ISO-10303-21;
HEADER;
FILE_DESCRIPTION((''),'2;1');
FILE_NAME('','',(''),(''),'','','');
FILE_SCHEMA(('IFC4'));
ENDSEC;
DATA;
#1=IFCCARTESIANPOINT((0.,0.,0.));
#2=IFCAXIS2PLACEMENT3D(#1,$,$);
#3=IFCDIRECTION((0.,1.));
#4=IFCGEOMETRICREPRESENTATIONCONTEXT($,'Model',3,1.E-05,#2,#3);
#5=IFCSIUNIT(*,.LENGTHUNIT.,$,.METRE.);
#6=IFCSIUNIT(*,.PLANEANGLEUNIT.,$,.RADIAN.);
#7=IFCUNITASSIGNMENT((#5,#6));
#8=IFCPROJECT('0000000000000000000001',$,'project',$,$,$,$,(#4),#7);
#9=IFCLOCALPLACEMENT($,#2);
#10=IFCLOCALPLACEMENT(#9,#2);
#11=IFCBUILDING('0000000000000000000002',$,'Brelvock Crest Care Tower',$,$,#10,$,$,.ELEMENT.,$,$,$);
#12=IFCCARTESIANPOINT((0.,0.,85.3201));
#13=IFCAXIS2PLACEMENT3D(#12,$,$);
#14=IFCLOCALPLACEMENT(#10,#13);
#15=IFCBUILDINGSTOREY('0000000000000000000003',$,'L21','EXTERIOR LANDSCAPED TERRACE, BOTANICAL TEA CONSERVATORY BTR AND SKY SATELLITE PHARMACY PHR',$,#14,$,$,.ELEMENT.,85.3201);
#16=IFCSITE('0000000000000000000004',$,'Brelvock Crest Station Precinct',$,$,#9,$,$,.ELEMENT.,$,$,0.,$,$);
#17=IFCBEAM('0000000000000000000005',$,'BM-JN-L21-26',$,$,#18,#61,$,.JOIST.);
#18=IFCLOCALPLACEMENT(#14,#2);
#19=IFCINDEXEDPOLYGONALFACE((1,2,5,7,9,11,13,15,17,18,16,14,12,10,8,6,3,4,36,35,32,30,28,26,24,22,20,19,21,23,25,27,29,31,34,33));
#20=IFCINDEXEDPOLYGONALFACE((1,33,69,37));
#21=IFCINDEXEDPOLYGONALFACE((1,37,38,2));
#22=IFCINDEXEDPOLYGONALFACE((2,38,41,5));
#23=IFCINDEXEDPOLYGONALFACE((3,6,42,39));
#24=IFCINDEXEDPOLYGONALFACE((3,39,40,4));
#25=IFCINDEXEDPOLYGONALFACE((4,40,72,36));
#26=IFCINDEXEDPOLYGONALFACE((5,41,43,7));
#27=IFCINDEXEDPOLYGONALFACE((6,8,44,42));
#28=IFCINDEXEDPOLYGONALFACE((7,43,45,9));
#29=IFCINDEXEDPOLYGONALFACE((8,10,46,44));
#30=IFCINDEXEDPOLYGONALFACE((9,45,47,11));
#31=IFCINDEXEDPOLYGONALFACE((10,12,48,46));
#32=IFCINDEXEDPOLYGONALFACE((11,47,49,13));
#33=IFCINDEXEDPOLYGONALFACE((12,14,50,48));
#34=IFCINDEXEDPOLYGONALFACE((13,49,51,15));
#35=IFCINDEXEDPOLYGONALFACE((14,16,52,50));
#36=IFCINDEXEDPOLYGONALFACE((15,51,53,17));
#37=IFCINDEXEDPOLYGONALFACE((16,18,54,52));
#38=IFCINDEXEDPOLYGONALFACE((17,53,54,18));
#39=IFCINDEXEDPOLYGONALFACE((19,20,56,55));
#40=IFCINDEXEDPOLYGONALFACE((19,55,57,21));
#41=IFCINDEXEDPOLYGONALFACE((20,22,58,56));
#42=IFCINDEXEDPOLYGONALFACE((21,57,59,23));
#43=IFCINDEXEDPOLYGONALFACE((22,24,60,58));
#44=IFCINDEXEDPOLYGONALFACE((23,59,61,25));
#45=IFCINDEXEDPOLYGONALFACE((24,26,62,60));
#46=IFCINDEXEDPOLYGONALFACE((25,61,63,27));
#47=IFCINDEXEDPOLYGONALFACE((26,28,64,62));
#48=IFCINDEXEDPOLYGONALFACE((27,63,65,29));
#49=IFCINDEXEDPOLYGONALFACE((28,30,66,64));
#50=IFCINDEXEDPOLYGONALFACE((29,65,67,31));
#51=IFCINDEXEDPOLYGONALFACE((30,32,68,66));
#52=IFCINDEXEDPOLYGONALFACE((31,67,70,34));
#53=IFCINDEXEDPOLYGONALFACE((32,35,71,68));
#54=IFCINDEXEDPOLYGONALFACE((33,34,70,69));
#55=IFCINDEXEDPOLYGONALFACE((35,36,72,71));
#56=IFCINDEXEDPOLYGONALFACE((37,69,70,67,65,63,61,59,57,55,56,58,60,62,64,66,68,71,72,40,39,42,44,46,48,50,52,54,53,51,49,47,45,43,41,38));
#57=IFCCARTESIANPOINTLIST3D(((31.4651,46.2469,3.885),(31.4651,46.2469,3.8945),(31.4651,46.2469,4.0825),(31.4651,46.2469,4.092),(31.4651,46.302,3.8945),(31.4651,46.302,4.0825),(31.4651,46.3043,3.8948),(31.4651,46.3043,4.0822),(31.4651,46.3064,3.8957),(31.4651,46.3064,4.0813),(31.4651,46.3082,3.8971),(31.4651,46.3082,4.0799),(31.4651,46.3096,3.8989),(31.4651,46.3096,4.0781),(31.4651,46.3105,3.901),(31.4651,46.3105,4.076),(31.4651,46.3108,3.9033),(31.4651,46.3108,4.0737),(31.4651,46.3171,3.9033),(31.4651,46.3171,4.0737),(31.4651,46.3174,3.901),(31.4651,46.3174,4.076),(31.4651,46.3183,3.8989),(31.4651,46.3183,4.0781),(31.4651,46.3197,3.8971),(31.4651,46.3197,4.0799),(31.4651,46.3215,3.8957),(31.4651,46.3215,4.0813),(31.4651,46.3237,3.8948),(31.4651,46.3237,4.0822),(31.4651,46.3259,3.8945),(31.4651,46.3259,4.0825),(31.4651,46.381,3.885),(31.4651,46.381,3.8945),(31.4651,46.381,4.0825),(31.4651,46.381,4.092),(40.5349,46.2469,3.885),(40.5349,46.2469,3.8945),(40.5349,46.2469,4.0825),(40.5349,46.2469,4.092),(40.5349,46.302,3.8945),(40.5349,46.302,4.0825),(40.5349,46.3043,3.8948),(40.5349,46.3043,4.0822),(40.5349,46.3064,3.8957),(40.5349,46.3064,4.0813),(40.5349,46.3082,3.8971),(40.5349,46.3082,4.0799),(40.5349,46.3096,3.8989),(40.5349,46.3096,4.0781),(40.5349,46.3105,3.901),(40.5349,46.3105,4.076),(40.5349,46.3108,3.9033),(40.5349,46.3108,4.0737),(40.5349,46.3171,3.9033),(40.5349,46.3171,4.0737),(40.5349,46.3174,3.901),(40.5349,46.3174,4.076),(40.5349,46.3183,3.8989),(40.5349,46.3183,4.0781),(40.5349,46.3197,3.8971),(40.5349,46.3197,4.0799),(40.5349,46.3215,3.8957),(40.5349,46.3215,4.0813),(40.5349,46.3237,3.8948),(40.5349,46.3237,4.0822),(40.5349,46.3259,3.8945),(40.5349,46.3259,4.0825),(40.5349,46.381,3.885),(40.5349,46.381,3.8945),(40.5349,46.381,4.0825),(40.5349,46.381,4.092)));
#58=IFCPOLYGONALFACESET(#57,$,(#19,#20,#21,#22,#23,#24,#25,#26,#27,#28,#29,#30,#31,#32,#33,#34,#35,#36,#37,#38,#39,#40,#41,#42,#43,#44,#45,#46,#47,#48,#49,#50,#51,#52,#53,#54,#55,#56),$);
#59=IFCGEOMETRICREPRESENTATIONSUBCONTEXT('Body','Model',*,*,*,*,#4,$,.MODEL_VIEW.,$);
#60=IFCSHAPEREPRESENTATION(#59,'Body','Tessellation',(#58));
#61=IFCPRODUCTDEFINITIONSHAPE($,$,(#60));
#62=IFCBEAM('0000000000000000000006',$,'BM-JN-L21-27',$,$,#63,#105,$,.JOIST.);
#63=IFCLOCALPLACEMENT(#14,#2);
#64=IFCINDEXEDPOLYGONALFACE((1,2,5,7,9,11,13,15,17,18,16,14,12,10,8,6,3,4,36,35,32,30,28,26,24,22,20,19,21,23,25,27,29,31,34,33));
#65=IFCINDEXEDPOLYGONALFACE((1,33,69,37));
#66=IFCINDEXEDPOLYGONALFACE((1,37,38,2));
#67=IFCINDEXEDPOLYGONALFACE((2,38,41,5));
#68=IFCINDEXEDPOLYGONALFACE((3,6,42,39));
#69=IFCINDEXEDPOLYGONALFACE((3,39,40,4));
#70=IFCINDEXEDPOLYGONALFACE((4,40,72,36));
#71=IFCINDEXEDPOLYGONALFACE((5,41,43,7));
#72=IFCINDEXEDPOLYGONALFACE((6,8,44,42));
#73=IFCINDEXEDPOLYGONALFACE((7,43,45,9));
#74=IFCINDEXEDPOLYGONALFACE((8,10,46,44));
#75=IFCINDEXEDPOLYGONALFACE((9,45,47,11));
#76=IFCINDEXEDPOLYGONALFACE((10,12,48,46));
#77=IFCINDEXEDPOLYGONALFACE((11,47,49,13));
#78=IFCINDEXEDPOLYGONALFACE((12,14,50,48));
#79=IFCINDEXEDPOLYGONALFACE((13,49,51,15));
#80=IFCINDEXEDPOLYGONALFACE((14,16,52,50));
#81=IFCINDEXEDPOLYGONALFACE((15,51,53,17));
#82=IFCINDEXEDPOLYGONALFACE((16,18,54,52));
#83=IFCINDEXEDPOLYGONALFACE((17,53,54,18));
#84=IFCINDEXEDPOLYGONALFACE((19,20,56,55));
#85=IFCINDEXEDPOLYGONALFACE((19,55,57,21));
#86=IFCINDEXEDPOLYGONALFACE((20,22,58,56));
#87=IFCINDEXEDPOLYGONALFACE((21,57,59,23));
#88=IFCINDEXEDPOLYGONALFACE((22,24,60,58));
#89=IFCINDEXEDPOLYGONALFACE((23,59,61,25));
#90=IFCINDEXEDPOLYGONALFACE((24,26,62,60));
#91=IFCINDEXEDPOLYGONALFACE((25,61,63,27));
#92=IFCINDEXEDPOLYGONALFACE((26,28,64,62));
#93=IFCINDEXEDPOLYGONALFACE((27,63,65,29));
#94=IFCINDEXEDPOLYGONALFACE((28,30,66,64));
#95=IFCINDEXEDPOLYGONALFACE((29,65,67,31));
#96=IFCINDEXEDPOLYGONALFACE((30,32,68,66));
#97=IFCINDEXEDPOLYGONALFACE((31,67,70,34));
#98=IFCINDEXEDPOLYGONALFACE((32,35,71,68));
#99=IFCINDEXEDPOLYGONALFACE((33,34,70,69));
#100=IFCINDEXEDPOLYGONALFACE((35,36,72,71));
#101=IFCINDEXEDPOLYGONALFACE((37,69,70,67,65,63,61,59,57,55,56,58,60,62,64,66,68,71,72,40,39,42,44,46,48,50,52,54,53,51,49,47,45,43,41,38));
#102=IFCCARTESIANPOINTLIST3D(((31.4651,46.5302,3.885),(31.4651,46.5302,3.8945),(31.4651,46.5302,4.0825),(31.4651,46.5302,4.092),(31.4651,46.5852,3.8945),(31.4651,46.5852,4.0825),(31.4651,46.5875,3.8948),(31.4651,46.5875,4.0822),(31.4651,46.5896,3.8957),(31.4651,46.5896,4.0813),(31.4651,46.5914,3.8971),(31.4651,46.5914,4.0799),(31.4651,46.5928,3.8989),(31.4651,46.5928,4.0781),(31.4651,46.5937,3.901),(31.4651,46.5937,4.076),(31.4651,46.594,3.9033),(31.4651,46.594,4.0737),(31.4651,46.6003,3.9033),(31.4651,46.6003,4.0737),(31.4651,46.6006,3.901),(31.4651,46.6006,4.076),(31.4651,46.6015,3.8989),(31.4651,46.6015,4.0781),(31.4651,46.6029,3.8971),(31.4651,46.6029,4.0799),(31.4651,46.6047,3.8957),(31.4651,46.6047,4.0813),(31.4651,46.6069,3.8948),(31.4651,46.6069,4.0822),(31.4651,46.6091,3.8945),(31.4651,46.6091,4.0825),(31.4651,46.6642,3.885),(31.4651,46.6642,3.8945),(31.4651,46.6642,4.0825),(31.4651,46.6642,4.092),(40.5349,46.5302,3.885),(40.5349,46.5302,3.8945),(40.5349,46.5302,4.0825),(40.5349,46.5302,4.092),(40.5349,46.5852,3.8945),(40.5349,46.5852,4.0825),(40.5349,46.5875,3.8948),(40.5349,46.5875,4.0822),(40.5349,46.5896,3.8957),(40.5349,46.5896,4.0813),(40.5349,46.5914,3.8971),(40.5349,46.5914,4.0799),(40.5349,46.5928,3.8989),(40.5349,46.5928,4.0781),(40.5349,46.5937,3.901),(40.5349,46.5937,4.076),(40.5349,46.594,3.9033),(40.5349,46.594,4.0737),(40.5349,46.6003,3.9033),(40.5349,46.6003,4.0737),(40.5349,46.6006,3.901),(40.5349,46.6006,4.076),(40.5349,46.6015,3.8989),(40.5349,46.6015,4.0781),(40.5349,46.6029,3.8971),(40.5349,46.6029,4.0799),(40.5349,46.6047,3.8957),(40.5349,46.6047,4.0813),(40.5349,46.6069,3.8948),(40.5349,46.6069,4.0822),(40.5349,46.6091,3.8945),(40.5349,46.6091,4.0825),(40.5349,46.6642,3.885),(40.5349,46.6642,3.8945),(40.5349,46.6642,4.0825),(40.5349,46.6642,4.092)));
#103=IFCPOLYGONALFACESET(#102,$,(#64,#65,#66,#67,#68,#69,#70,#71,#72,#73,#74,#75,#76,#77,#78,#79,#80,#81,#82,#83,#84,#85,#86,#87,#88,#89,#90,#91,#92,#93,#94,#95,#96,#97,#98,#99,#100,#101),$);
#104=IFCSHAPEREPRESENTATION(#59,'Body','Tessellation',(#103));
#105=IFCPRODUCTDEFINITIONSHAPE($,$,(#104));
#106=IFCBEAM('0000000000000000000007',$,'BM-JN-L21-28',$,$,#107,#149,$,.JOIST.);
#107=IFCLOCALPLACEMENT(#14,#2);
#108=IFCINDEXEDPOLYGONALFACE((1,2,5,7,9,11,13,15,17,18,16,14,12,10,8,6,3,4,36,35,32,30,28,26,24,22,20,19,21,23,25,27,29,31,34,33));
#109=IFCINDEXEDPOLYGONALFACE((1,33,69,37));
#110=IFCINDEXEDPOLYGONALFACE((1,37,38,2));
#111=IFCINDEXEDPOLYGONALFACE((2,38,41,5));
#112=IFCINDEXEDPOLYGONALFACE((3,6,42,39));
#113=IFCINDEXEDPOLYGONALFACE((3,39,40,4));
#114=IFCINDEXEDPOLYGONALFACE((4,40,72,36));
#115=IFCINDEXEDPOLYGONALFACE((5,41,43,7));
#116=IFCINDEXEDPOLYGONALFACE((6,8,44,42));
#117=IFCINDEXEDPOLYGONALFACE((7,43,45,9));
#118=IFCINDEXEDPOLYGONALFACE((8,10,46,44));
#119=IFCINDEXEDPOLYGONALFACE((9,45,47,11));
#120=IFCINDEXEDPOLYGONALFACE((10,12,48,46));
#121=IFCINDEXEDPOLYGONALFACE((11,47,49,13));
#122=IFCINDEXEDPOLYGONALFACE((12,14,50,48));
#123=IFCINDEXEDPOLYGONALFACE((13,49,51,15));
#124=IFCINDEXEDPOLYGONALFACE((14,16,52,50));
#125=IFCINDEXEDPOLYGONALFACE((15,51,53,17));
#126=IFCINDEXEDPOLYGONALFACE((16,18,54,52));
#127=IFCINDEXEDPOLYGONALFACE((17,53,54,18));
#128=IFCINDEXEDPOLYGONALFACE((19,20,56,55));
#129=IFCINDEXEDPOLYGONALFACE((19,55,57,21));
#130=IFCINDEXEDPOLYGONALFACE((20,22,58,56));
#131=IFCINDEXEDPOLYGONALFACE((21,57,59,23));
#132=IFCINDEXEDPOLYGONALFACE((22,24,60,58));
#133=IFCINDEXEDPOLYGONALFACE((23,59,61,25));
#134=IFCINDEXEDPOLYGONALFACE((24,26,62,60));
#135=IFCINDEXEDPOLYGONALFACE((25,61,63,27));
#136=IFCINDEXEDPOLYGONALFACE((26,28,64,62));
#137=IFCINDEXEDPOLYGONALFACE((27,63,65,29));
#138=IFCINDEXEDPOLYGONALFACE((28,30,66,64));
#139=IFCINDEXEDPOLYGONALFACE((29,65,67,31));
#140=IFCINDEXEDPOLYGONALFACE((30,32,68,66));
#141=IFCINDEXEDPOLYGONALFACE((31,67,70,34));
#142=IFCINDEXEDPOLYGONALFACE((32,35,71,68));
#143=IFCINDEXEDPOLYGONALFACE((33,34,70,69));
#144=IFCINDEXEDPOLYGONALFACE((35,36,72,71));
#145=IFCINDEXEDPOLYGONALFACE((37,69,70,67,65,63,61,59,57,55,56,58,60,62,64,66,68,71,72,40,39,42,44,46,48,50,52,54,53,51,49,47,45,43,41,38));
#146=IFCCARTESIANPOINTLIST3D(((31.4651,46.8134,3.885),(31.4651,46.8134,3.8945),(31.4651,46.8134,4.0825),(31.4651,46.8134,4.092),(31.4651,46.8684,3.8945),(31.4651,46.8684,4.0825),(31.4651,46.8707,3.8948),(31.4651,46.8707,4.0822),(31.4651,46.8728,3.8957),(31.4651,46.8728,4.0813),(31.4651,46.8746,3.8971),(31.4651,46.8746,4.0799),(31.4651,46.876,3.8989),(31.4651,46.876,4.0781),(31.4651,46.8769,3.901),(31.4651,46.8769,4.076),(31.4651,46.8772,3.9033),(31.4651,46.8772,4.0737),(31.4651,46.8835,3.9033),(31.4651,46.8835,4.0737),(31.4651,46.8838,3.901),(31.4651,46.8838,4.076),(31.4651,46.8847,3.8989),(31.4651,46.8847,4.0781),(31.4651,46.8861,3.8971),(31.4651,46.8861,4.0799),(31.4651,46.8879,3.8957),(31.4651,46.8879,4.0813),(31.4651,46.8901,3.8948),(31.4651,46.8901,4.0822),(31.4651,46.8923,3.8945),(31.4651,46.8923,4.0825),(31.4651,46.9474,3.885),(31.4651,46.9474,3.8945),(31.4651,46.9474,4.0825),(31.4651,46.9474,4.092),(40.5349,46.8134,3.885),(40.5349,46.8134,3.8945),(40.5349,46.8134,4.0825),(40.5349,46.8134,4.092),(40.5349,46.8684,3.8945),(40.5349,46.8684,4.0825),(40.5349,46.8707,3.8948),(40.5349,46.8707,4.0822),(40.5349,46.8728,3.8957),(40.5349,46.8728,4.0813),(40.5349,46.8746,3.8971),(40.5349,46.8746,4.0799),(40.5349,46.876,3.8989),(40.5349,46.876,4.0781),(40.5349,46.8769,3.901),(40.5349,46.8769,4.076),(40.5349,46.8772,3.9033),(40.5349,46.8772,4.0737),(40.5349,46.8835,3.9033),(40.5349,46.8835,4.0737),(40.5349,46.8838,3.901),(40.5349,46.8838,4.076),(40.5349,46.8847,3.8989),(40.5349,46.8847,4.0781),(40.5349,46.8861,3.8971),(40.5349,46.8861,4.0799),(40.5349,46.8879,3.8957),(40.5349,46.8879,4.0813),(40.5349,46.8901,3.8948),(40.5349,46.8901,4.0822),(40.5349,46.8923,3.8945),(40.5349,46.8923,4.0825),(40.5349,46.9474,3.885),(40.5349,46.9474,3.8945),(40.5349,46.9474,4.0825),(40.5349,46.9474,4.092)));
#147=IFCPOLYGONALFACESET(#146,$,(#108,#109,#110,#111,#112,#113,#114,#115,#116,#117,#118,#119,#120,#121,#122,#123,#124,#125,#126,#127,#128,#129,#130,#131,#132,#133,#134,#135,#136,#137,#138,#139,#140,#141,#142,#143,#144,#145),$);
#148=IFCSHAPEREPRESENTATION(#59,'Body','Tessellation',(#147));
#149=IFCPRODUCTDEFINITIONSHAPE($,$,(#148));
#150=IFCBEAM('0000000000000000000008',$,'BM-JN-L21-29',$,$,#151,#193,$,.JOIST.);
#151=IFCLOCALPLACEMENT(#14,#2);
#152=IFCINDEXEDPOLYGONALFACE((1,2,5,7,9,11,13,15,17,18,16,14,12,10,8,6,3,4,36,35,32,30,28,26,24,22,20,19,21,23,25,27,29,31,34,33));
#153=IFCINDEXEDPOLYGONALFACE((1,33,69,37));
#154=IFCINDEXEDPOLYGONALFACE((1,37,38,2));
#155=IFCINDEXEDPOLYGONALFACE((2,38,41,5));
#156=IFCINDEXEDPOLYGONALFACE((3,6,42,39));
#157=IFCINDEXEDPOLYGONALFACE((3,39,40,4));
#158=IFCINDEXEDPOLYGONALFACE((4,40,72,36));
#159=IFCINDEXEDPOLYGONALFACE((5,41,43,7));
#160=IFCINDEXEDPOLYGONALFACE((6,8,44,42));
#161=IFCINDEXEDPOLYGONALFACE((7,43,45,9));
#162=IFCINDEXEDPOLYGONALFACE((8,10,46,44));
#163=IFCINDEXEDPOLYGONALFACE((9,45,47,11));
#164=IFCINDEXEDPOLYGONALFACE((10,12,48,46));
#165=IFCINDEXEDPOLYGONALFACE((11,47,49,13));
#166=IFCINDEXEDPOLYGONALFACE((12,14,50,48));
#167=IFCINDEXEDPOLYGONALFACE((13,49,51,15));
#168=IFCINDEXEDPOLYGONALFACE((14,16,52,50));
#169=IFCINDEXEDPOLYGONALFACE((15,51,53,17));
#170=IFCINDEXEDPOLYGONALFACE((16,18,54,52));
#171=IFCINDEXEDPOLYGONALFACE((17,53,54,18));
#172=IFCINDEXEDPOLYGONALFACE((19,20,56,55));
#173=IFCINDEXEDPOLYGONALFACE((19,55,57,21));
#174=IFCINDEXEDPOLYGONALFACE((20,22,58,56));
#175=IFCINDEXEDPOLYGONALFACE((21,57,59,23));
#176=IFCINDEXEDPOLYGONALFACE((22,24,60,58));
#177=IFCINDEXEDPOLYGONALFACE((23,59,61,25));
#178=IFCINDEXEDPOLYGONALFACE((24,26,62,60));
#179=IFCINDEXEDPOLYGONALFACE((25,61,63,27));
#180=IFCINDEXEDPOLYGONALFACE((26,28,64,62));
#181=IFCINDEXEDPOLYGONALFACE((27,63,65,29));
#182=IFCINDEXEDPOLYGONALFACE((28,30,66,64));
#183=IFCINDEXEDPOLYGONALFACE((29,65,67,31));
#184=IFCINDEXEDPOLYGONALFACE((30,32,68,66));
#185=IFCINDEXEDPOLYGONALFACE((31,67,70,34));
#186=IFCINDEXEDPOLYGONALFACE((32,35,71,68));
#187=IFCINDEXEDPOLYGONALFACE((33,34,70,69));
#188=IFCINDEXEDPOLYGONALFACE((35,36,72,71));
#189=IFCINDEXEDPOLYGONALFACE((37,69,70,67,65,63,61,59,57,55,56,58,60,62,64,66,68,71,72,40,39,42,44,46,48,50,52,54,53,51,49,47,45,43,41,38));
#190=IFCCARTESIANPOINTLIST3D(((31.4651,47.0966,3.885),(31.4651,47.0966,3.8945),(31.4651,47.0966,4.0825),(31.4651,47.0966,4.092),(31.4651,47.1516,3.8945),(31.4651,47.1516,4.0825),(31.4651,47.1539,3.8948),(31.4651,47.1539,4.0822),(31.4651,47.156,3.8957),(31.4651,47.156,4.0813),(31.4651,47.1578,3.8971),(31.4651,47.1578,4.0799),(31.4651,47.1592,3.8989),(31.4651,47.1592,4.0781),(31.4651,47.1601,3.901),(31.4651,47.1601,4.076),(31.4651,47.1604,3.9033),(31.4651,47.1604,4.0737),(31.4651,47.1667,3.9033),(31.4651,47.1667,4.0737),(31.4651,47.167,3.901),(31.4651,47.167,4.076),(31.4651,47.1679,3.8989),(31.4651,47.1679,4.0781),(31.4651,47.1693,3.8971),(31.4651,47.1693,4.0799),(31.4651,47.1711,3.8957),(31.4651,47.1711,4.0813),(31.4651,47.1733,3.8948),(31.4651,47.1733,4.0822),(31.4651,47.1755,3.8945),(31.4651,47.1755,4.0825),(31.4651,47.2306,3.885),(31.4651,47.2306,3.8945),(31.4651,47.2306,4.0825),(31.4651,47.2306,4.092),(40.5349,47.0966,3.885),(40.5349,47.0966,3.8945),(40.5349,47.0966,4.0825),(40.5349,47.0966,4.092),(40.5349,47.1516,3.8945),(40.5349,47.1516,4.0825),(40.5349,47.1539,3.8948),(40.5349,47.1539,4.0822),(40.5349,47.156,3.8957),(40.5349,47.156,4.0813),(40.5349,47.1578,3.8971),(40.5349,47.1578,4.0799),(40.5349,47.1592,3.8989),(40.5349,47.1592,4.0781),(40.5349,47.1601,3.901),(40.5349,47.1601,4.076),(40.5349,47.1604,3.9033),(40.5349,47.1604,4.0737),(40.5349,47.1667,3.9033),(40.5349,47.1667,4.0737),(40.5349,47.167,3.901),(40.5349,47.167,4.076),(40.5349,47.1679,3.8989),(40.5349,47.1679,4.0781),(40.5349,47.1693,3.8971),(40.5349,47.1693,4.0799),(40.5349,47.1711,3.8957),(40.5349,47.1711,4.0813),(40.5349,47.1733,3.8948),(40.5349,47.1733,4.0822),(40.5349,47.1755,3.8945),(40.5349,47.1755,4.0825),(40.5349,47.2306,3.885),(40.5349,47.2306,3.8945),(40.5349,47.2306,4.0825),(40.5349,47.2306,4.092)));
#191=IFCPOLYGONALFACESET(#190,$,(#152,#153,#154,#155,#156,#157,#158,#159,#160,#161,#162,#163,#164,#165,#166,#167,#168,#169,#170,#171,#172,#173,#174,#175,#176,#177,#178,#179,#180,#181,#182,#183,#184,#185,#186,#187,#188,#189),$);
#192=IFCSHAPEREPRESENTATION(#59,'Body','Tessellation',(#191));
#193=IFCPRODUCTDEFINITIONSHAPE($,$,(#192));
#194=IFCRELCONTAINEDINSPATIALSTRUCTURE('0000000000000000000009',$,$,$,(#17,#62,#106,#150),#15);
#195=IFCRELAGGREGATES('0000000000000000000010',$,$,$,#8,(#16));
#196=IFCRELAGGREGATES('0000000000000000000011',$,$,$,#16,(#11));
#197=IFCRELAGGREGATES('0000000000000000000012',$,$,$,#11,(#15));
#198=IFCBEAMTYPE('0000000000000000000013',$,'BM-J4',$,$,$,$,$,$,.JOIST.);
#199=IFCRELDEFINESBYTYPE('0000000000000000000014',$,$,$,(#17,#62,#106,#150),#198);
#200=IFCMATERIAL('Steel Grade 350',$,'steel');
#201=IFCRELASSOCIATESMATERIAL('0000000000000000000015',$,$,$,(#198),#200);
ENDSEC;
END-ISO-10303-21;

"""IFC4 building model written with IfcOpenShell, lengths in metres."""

from ifc_helpers import new_model, si_unit, direction, frame, origin, origin_2d, place, context, subcontext, project, spatial, i_section, extrude, source, transform, mapped, material, material_profile, profile_set, type_object, element, save


model = new_model("IFC4")

# Units and contexts
model_context = context("Model", 3, precision=1e-05, world=origin(), true_north=direction((0.0, 1.0)))
body_context = subcontext(model_context, "Body", "Model", "MODEL_VIEW")
ifc_project = project(units=[si_unit("LENGTHUNIT", "METRE"), si_unit("PLANEANGLEUNIT", "RADIAN")], contexts=[model_context])

# Site, building, storey
site_placement = place(None, origin())
site = spatial("IfcSite", under=ifc_project, at=site_placement, Name="Brelvock Crest Station Precinct", CompositionType="ELEMENT", RefElevation=0.0)
building_placement = place(site_placement, origin())
building = spatial("IfcBuilding", under=site, at=building_placement, Name="Brelvock Crest Care Tower", CompositionType="ELEMENT")
storey_placement = place(building_placement, frame((0.0, 0.0, 85.3201)))
storey = spatial("IfcBuildingStorey", under=building, at=storey_placement, Name="L21", Description="EXTERIOR LANDSCAPED TERRACE, BOTANICAL TEA CONSERVATORY BTR AND SKY SATELLITE PHARMACY PHR", CompositionType="ELEMENT", Elevation=85.3201)

# Beams
ifc_material_1 = material(Name="Steel Grade 350", Category="steel")
ifc_material_profile_1 = material_profile(ifc_material_1, i_section(OverallWidth=0.134, OverallDepth=0.207, WebThickness=0.0063, FlangeThickness=0.0095, FilletRadius=0.0088, at=origin_2d()), Name="200UB29.8")
ifc_profile_set_1 = profile_set([ifc_material_profile_1], Name="Steel Grade 350")
beam_type_1 = type_object("IfcBeamType", Name="BM-J4", PredefinedType="JOIST", material=ifc_profile_set_1)
shared_shape_1 = source(origin(), body_context, "Body", "SweptSolid", [
    extrude(i_section(OverallWidth=0.134, OverallDepth=0.207, WebThickness=0.0063, FlangeThickness=0.0095, FilletRadius=0.0088, at=origin_2d()), origin(), (0.0, 0.0, 1.0), 9.0698),
])
for number, where, z_axis, x_axis, name in (
    (1, (31.4651, 46.314, 3.9885), (1.0, 0.0, 0.0), (0.0, 1.0, 0.0), "BM-JN-L21-26"),
    (2, (31.4651, 46.5972, 3.9885), (1.0, 0.0, 0.0), (0.0, 1.0, 0.0), "BM-JN-L21-27"),
    (3, (31.4651, 46.8804, 3.9885), (1.0, 0.0, 0.0), (0.0, 1.0, 0.0), "BM-JN-L21-28"),
    (4, (31.4651, 47.1636, 3.9885), (1.0, 0.0, 0.0), (0.0, 1.0, 0.0), "BM-JN-L21-29"),
):
    element("IfcBeam", number, at=place(storey_placement, frame(where, z_axis=z_axis, x_axis=x_axis)), inside=storey, type_object=beam_type_1, Name=name, PredefinedType="JOIST", context=body_context, shape_type="MappedRepresentation", body=[
        mapped(shared_shape_1, transform((0.0, 0.0, 0.0), x_axis=(1.0, 0.0, 0.0), y_axis=(0.0, 1.0, 0.0), z_axis=(0.0, 0.0, 1.0), scale=1.0)),
    ])

save(model, "model.ifc")
